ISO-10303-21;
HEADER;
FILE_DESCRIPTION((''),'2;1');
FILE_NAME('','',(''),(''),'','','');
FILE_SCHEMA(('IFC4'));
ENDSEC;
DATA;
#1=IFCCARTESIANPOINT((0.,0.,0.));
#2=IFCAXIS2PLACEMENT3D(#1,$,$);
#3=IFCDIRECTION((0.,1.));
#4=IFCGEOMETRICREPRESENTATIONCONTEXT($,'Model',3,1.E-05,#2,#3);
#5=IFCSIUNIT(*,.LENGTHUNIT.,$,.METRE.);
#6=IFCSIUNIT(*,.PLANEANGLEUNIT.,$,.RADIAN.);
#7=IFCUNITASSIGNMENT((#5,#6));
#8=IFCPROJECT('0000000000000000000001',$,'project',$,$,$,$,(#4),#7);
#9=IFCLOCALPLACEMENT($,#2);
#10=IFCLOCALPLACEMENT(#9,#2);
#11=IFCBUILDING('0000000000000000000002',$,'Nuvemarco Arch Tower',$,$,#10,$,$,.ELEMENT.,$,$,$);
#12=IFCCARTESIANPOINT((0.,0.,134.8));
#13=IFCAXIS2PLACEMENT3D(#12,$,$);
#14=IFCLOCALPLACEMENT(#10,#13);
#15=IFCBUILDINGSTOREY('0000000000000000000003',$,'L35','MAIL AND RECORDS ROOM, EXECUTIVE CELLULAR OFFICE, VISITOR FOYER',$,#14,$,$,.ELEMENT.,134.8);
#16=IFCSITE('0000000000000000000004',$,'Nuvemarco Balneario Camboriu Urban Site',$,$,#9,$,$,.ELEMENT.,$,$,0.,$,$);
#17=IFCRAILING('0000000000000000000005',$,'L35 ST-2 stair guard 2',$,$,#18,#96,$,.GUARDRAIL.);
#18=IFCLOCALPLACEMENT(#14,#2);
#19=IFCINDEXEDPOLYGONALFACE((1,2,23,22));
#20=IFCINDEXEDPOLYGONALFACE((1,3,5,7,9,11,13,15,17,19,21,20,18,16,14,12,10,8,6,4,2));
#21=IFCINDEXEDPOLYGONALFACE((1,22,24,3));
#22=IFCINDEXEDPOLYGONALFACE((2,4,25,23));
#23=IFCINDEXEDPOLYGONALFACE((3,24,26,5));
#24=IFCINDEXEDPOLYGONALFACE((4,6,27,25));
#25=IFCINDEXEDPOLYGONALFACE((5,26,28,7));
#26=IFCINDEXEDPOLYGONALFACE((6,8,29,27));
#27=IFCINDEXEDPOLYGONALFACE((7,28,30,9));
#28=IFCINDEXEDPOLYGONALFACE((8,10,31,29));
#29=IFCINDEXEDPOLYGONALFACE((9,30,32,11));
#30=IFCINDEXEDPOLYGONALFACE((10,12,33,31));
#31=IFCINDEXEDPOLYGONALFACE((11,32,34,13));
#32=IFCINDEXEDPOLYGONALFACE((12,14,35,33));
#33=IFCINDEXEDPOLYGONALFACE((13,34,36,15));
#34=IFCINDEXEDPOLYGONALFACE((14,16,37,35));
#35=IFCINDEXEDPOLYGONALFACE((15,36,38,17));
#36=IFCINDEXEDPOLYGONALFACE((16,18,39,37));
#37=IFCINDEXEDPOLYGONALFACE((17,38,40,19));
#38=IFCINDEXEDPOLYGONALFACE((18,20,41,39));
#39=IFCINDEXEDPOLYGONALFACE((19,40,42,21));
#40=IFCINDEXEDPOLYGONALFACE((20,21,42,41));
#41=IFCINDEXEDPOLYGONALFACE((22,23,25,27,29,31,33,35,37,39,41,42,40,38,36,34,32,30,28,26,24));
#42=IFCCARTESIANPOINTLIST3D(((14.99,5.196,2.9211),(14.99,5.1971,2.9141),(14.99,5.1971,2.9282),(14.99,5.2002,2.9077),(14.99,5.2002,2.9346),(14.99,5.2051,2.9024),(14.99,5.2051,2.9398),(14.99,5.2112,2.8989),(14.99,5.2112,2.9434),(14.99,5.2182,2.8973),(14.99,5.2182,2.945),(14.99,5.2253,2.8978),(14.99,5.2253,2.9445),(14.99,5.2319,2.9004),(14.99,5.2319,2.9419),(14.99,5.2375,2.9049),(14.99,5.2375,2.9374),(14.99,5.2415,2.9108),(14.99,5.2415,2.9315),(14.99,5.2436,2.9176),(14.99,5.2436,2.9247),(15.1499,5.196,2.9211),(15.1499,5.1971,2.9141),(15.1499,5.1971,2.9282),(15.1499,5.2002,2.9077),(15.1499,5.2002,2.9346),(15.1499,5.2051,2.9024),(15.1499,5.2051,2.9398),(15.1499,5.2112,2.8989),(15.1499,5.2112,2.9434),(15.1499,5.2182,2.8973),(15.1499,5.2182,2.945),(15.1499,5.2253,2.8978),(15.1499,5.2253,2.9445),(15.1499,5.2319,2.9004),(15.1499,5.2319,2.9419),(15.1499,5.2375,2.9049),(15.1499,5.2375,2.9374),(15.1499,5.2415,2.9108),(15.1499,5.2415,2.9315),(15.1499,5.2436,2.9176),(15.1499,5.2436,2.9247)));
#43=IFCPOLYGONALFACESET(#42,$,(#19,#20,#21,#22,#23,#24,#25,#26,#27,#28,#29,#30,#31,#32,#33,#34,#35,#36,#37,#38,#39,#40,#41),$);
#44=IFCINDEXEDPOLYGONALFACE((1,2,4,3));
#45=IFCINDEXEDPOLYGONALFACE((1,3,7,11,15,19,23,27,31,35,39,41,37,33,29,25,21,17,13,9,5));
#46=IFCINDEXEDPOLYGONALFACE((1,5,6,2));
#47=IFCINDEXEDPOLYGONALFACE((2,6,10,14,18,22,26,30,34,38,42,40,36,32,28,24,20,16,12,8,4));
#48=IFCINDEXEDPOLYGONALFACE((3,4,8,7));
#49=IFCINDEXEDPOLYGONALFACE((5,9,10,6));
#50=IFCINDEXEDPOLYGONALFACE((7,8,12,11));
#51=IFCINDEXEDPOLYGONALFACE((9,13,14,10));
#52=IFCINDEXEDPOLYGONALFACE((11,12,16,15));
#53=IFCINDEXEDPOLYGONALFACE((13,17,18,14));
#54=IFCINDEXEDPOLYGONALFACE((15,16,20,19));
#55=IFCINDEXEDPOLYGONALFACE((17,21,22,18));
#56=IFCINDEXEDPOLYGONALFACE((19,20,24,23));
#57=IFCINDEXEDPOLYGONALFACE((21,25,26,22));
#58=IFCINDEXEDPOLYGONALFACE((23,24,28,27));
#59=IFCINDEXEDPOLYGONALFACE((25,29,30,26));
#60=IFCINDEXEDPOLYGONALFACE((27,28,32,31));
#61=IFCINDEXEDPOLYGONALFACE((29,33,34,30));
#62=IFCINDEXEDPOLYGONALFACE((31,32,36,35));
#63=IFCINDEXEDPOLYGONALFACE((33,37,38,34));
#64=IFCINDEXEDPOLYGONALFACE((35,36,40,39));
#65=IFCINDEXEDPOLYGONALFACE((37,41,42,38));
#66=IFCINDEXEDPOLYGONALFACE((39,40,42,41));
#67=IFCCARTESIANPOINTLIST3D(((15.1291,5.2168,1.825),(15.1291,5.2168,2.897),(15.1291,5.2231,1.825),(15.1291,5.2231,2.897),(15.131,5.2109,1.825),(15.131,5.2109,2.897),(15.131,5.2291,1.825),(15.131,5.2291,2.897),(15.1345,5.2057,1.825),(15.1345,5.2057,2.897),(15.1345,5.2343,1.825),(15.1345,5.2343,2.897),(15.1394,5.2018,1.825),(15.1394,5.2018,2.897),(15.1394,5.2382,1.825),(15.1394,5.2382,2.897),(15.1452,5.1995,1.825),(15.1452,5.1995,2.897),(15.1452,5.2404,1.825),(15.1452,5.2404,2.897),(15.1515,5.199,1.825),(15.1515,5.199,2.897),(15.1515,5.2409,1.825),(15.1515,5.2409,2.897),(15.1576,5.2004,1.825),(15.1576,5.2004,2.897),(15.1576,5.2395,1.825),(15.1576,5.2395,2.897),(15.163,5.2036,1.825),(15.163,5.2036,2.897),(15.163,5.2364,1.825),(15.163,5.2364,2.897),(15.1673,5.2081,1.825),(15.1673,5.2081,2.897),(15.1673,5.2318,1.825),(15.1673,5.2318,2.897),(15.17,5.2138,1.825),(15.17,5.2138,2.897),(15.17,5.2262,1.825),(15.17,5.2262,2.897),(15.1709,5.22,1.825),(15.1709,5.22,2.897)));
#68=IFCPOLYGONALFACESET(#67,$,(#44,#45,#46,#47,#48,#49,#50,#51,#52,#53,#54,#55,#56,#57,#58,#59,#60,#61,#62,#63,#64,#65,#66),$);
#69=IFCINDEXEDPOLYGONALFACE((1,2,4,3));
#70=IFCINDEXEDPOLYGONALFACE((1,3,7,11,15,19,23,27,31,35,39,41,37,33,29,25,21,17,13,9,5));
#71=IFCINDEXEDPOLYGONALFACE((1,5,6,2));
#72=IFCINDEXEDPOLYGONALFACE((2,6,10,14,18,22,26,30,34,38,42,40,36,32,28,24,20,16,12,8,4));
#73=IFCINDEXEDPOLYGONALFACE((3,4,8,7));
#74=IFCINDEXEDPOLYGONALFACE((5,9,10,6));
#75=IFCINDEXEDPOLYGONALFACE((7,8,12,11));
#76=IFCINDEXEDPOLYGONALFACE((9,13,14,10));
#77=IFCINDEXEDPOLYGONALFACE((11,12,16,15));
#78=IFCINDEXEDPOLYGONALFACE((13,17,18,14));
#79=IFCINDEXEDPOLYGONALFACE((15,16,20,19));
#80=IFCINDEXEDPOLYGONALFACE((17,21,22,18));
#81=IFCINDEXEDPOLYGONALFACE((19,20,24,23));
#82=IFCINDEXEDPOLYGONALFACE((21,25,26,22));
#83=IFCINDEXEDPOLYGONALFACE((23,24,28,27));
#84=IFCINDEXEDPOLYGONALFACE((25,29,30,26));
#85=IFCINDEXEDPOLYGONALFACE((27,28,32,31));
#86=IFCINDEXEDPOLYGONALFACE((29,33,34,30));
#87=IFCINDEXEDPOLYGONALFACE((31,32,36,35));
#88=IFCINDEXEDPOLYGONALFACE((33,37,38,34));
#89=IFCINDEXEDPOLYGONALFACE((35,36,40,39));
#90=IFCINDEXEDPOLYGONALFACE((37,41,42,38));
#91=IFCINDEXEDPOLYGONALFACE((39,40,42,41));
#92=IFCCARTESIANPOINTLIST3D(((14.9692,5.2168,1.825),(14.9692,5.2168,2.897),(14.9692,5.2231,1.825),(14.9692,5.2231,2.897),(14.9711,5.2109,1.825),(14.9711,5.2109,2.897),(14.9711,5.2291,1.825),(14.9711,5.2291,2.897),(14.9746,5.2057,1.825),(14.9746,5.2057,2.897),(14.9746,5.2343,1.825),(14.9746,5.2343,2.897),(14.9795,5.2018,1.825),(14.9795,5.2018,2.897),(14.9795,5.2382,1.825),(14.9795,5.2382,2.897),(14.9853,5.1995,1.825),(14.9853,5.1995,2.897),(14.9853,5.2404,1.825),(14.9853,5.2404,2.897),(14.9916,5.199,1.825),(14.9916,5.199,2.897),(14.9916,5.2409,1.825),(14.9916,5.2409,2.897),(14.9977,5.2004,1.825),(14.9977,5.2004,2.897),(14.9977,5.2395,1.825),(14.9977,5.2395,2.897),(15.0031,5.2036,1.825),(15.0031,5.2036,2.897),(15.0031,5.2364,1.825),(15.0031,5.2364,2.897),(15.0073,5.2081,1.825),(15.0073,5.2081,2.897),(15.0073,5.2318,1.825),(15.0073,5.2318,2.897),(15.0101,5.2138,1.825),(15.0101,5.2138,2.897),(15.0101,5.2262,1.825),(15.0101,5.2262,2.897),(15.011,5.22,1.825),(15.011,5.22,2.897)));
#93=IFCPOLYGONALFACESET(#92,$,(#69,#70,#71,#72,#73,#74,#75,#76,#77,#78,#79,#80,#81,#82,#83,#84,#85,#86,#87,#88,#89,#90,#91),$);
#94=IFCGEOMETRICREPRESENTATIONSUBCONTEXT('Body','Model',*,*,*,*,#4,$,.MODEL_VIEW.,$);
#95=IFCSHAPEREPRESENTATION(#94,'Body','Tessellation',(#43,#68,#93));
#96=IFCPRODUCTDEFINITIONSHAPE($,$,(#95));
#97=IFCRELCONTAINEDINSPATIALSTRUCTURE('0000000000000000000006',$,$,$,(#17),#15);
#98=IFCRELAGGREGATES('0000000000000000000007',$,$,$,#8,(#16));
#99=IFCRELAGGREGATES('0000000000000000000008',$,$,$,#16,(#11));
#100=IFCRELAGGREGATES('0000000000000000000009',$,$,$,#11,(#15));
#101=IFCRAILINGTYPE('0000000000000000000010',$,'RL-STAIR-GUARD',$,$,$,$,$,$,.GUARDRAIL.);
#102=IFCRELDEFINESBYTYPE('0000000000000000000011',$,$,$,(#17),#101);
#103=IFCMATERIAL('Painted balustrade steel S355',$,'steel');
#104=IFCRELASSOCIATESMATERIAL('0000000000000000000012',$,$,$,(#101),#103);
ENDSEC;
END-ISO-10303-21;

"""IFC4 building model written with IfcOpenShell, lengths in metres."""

from ifc_helpers import new_model, si_unit, direction, frame, origin, origin_2d, place, context, subcontext, project, spatial, circle, extrude, material, type_object, element, save


model = new_model("IFC4")

# Units and contexts
model_context = context("Model", 3, precision=1e-05, world=origin(), true_north=direction((0.0, 1.0)))
body_context = subcontext(model_context, "Body", "Model", "MODEL_VIEW")
ifc_project = project(units=[si_unit("LENGTHUNIT", "METRE"), si_unit("PLANEANGLEUNIT", "RADIAN")], contexts=[model_context])

# Site, building, storey
site_placement = place(None, origin())
site = spatial("IfcSite", under=ifc_project, at=site_placement, Name="Nuvemarco Balneario Camboriu Urban Site", CompositionType="ELEMENT", RefElevation=0.0)
building_placement = place(site_placement, origin())
building = spatial("IfcBuilding", under=site, at=building_placement, Name="Nuvemarco Arch Tower", CompositionType="ELEMENT")
storey_placement = place(building_placement, frame((0.0, 0.0, 134.8)))
storey = spatial("IfcBuildingStorey", under=building, at=storey_placement, Name="L35", Description="MAIL AND RECORDS ROOM, EXECUTIVE CELLULAR OFFICE, VISITOR FOYER", CompositionType="ELEMENT", Elevation=134.8)

# Railing
ifc_material_1 = material(Name="Painted balustrade steel S355", Category="steel")
railing_type_1 = type_object("IfcRailingType", Name="RL-STAIR-GUARD", PredefinedType="GUARDRAIL", material=ifc_material_1)
railing_1_placement = place(storey_placement, frame((15.1499, 5.22, 1.825)))
element("IfcRailing", 1, at=railing_1_placement, inside=storey, type_object=railing_type_1, Name="L35 ST-2 stair guard 2", PredefinedType="GUARDRAIL", context=body_context, shape_type="SweptSolid", body=[
    extrude(circle(Radius=0.0239, at=origin_2d()), frame((0.0, 0.0, 1.0962), z_axis=(-1.0, 0.0, 0.0), x_axis=(0.0, -1.0, 0.0)), (0.0, 0.0, 1.0), 0.1599),
    extrude(circle(Radius=0.021, at=origin_2d()), origin(), (0.0, 0.0, 1.0), 1.072),
    extrude(circle(Radius=0.021, at=origin_2d()), frame((-0.1599, 0.0, 0.0)), (0.0, 0.0, 1.0), 1.072),
])

save(model, "model.ifc")
